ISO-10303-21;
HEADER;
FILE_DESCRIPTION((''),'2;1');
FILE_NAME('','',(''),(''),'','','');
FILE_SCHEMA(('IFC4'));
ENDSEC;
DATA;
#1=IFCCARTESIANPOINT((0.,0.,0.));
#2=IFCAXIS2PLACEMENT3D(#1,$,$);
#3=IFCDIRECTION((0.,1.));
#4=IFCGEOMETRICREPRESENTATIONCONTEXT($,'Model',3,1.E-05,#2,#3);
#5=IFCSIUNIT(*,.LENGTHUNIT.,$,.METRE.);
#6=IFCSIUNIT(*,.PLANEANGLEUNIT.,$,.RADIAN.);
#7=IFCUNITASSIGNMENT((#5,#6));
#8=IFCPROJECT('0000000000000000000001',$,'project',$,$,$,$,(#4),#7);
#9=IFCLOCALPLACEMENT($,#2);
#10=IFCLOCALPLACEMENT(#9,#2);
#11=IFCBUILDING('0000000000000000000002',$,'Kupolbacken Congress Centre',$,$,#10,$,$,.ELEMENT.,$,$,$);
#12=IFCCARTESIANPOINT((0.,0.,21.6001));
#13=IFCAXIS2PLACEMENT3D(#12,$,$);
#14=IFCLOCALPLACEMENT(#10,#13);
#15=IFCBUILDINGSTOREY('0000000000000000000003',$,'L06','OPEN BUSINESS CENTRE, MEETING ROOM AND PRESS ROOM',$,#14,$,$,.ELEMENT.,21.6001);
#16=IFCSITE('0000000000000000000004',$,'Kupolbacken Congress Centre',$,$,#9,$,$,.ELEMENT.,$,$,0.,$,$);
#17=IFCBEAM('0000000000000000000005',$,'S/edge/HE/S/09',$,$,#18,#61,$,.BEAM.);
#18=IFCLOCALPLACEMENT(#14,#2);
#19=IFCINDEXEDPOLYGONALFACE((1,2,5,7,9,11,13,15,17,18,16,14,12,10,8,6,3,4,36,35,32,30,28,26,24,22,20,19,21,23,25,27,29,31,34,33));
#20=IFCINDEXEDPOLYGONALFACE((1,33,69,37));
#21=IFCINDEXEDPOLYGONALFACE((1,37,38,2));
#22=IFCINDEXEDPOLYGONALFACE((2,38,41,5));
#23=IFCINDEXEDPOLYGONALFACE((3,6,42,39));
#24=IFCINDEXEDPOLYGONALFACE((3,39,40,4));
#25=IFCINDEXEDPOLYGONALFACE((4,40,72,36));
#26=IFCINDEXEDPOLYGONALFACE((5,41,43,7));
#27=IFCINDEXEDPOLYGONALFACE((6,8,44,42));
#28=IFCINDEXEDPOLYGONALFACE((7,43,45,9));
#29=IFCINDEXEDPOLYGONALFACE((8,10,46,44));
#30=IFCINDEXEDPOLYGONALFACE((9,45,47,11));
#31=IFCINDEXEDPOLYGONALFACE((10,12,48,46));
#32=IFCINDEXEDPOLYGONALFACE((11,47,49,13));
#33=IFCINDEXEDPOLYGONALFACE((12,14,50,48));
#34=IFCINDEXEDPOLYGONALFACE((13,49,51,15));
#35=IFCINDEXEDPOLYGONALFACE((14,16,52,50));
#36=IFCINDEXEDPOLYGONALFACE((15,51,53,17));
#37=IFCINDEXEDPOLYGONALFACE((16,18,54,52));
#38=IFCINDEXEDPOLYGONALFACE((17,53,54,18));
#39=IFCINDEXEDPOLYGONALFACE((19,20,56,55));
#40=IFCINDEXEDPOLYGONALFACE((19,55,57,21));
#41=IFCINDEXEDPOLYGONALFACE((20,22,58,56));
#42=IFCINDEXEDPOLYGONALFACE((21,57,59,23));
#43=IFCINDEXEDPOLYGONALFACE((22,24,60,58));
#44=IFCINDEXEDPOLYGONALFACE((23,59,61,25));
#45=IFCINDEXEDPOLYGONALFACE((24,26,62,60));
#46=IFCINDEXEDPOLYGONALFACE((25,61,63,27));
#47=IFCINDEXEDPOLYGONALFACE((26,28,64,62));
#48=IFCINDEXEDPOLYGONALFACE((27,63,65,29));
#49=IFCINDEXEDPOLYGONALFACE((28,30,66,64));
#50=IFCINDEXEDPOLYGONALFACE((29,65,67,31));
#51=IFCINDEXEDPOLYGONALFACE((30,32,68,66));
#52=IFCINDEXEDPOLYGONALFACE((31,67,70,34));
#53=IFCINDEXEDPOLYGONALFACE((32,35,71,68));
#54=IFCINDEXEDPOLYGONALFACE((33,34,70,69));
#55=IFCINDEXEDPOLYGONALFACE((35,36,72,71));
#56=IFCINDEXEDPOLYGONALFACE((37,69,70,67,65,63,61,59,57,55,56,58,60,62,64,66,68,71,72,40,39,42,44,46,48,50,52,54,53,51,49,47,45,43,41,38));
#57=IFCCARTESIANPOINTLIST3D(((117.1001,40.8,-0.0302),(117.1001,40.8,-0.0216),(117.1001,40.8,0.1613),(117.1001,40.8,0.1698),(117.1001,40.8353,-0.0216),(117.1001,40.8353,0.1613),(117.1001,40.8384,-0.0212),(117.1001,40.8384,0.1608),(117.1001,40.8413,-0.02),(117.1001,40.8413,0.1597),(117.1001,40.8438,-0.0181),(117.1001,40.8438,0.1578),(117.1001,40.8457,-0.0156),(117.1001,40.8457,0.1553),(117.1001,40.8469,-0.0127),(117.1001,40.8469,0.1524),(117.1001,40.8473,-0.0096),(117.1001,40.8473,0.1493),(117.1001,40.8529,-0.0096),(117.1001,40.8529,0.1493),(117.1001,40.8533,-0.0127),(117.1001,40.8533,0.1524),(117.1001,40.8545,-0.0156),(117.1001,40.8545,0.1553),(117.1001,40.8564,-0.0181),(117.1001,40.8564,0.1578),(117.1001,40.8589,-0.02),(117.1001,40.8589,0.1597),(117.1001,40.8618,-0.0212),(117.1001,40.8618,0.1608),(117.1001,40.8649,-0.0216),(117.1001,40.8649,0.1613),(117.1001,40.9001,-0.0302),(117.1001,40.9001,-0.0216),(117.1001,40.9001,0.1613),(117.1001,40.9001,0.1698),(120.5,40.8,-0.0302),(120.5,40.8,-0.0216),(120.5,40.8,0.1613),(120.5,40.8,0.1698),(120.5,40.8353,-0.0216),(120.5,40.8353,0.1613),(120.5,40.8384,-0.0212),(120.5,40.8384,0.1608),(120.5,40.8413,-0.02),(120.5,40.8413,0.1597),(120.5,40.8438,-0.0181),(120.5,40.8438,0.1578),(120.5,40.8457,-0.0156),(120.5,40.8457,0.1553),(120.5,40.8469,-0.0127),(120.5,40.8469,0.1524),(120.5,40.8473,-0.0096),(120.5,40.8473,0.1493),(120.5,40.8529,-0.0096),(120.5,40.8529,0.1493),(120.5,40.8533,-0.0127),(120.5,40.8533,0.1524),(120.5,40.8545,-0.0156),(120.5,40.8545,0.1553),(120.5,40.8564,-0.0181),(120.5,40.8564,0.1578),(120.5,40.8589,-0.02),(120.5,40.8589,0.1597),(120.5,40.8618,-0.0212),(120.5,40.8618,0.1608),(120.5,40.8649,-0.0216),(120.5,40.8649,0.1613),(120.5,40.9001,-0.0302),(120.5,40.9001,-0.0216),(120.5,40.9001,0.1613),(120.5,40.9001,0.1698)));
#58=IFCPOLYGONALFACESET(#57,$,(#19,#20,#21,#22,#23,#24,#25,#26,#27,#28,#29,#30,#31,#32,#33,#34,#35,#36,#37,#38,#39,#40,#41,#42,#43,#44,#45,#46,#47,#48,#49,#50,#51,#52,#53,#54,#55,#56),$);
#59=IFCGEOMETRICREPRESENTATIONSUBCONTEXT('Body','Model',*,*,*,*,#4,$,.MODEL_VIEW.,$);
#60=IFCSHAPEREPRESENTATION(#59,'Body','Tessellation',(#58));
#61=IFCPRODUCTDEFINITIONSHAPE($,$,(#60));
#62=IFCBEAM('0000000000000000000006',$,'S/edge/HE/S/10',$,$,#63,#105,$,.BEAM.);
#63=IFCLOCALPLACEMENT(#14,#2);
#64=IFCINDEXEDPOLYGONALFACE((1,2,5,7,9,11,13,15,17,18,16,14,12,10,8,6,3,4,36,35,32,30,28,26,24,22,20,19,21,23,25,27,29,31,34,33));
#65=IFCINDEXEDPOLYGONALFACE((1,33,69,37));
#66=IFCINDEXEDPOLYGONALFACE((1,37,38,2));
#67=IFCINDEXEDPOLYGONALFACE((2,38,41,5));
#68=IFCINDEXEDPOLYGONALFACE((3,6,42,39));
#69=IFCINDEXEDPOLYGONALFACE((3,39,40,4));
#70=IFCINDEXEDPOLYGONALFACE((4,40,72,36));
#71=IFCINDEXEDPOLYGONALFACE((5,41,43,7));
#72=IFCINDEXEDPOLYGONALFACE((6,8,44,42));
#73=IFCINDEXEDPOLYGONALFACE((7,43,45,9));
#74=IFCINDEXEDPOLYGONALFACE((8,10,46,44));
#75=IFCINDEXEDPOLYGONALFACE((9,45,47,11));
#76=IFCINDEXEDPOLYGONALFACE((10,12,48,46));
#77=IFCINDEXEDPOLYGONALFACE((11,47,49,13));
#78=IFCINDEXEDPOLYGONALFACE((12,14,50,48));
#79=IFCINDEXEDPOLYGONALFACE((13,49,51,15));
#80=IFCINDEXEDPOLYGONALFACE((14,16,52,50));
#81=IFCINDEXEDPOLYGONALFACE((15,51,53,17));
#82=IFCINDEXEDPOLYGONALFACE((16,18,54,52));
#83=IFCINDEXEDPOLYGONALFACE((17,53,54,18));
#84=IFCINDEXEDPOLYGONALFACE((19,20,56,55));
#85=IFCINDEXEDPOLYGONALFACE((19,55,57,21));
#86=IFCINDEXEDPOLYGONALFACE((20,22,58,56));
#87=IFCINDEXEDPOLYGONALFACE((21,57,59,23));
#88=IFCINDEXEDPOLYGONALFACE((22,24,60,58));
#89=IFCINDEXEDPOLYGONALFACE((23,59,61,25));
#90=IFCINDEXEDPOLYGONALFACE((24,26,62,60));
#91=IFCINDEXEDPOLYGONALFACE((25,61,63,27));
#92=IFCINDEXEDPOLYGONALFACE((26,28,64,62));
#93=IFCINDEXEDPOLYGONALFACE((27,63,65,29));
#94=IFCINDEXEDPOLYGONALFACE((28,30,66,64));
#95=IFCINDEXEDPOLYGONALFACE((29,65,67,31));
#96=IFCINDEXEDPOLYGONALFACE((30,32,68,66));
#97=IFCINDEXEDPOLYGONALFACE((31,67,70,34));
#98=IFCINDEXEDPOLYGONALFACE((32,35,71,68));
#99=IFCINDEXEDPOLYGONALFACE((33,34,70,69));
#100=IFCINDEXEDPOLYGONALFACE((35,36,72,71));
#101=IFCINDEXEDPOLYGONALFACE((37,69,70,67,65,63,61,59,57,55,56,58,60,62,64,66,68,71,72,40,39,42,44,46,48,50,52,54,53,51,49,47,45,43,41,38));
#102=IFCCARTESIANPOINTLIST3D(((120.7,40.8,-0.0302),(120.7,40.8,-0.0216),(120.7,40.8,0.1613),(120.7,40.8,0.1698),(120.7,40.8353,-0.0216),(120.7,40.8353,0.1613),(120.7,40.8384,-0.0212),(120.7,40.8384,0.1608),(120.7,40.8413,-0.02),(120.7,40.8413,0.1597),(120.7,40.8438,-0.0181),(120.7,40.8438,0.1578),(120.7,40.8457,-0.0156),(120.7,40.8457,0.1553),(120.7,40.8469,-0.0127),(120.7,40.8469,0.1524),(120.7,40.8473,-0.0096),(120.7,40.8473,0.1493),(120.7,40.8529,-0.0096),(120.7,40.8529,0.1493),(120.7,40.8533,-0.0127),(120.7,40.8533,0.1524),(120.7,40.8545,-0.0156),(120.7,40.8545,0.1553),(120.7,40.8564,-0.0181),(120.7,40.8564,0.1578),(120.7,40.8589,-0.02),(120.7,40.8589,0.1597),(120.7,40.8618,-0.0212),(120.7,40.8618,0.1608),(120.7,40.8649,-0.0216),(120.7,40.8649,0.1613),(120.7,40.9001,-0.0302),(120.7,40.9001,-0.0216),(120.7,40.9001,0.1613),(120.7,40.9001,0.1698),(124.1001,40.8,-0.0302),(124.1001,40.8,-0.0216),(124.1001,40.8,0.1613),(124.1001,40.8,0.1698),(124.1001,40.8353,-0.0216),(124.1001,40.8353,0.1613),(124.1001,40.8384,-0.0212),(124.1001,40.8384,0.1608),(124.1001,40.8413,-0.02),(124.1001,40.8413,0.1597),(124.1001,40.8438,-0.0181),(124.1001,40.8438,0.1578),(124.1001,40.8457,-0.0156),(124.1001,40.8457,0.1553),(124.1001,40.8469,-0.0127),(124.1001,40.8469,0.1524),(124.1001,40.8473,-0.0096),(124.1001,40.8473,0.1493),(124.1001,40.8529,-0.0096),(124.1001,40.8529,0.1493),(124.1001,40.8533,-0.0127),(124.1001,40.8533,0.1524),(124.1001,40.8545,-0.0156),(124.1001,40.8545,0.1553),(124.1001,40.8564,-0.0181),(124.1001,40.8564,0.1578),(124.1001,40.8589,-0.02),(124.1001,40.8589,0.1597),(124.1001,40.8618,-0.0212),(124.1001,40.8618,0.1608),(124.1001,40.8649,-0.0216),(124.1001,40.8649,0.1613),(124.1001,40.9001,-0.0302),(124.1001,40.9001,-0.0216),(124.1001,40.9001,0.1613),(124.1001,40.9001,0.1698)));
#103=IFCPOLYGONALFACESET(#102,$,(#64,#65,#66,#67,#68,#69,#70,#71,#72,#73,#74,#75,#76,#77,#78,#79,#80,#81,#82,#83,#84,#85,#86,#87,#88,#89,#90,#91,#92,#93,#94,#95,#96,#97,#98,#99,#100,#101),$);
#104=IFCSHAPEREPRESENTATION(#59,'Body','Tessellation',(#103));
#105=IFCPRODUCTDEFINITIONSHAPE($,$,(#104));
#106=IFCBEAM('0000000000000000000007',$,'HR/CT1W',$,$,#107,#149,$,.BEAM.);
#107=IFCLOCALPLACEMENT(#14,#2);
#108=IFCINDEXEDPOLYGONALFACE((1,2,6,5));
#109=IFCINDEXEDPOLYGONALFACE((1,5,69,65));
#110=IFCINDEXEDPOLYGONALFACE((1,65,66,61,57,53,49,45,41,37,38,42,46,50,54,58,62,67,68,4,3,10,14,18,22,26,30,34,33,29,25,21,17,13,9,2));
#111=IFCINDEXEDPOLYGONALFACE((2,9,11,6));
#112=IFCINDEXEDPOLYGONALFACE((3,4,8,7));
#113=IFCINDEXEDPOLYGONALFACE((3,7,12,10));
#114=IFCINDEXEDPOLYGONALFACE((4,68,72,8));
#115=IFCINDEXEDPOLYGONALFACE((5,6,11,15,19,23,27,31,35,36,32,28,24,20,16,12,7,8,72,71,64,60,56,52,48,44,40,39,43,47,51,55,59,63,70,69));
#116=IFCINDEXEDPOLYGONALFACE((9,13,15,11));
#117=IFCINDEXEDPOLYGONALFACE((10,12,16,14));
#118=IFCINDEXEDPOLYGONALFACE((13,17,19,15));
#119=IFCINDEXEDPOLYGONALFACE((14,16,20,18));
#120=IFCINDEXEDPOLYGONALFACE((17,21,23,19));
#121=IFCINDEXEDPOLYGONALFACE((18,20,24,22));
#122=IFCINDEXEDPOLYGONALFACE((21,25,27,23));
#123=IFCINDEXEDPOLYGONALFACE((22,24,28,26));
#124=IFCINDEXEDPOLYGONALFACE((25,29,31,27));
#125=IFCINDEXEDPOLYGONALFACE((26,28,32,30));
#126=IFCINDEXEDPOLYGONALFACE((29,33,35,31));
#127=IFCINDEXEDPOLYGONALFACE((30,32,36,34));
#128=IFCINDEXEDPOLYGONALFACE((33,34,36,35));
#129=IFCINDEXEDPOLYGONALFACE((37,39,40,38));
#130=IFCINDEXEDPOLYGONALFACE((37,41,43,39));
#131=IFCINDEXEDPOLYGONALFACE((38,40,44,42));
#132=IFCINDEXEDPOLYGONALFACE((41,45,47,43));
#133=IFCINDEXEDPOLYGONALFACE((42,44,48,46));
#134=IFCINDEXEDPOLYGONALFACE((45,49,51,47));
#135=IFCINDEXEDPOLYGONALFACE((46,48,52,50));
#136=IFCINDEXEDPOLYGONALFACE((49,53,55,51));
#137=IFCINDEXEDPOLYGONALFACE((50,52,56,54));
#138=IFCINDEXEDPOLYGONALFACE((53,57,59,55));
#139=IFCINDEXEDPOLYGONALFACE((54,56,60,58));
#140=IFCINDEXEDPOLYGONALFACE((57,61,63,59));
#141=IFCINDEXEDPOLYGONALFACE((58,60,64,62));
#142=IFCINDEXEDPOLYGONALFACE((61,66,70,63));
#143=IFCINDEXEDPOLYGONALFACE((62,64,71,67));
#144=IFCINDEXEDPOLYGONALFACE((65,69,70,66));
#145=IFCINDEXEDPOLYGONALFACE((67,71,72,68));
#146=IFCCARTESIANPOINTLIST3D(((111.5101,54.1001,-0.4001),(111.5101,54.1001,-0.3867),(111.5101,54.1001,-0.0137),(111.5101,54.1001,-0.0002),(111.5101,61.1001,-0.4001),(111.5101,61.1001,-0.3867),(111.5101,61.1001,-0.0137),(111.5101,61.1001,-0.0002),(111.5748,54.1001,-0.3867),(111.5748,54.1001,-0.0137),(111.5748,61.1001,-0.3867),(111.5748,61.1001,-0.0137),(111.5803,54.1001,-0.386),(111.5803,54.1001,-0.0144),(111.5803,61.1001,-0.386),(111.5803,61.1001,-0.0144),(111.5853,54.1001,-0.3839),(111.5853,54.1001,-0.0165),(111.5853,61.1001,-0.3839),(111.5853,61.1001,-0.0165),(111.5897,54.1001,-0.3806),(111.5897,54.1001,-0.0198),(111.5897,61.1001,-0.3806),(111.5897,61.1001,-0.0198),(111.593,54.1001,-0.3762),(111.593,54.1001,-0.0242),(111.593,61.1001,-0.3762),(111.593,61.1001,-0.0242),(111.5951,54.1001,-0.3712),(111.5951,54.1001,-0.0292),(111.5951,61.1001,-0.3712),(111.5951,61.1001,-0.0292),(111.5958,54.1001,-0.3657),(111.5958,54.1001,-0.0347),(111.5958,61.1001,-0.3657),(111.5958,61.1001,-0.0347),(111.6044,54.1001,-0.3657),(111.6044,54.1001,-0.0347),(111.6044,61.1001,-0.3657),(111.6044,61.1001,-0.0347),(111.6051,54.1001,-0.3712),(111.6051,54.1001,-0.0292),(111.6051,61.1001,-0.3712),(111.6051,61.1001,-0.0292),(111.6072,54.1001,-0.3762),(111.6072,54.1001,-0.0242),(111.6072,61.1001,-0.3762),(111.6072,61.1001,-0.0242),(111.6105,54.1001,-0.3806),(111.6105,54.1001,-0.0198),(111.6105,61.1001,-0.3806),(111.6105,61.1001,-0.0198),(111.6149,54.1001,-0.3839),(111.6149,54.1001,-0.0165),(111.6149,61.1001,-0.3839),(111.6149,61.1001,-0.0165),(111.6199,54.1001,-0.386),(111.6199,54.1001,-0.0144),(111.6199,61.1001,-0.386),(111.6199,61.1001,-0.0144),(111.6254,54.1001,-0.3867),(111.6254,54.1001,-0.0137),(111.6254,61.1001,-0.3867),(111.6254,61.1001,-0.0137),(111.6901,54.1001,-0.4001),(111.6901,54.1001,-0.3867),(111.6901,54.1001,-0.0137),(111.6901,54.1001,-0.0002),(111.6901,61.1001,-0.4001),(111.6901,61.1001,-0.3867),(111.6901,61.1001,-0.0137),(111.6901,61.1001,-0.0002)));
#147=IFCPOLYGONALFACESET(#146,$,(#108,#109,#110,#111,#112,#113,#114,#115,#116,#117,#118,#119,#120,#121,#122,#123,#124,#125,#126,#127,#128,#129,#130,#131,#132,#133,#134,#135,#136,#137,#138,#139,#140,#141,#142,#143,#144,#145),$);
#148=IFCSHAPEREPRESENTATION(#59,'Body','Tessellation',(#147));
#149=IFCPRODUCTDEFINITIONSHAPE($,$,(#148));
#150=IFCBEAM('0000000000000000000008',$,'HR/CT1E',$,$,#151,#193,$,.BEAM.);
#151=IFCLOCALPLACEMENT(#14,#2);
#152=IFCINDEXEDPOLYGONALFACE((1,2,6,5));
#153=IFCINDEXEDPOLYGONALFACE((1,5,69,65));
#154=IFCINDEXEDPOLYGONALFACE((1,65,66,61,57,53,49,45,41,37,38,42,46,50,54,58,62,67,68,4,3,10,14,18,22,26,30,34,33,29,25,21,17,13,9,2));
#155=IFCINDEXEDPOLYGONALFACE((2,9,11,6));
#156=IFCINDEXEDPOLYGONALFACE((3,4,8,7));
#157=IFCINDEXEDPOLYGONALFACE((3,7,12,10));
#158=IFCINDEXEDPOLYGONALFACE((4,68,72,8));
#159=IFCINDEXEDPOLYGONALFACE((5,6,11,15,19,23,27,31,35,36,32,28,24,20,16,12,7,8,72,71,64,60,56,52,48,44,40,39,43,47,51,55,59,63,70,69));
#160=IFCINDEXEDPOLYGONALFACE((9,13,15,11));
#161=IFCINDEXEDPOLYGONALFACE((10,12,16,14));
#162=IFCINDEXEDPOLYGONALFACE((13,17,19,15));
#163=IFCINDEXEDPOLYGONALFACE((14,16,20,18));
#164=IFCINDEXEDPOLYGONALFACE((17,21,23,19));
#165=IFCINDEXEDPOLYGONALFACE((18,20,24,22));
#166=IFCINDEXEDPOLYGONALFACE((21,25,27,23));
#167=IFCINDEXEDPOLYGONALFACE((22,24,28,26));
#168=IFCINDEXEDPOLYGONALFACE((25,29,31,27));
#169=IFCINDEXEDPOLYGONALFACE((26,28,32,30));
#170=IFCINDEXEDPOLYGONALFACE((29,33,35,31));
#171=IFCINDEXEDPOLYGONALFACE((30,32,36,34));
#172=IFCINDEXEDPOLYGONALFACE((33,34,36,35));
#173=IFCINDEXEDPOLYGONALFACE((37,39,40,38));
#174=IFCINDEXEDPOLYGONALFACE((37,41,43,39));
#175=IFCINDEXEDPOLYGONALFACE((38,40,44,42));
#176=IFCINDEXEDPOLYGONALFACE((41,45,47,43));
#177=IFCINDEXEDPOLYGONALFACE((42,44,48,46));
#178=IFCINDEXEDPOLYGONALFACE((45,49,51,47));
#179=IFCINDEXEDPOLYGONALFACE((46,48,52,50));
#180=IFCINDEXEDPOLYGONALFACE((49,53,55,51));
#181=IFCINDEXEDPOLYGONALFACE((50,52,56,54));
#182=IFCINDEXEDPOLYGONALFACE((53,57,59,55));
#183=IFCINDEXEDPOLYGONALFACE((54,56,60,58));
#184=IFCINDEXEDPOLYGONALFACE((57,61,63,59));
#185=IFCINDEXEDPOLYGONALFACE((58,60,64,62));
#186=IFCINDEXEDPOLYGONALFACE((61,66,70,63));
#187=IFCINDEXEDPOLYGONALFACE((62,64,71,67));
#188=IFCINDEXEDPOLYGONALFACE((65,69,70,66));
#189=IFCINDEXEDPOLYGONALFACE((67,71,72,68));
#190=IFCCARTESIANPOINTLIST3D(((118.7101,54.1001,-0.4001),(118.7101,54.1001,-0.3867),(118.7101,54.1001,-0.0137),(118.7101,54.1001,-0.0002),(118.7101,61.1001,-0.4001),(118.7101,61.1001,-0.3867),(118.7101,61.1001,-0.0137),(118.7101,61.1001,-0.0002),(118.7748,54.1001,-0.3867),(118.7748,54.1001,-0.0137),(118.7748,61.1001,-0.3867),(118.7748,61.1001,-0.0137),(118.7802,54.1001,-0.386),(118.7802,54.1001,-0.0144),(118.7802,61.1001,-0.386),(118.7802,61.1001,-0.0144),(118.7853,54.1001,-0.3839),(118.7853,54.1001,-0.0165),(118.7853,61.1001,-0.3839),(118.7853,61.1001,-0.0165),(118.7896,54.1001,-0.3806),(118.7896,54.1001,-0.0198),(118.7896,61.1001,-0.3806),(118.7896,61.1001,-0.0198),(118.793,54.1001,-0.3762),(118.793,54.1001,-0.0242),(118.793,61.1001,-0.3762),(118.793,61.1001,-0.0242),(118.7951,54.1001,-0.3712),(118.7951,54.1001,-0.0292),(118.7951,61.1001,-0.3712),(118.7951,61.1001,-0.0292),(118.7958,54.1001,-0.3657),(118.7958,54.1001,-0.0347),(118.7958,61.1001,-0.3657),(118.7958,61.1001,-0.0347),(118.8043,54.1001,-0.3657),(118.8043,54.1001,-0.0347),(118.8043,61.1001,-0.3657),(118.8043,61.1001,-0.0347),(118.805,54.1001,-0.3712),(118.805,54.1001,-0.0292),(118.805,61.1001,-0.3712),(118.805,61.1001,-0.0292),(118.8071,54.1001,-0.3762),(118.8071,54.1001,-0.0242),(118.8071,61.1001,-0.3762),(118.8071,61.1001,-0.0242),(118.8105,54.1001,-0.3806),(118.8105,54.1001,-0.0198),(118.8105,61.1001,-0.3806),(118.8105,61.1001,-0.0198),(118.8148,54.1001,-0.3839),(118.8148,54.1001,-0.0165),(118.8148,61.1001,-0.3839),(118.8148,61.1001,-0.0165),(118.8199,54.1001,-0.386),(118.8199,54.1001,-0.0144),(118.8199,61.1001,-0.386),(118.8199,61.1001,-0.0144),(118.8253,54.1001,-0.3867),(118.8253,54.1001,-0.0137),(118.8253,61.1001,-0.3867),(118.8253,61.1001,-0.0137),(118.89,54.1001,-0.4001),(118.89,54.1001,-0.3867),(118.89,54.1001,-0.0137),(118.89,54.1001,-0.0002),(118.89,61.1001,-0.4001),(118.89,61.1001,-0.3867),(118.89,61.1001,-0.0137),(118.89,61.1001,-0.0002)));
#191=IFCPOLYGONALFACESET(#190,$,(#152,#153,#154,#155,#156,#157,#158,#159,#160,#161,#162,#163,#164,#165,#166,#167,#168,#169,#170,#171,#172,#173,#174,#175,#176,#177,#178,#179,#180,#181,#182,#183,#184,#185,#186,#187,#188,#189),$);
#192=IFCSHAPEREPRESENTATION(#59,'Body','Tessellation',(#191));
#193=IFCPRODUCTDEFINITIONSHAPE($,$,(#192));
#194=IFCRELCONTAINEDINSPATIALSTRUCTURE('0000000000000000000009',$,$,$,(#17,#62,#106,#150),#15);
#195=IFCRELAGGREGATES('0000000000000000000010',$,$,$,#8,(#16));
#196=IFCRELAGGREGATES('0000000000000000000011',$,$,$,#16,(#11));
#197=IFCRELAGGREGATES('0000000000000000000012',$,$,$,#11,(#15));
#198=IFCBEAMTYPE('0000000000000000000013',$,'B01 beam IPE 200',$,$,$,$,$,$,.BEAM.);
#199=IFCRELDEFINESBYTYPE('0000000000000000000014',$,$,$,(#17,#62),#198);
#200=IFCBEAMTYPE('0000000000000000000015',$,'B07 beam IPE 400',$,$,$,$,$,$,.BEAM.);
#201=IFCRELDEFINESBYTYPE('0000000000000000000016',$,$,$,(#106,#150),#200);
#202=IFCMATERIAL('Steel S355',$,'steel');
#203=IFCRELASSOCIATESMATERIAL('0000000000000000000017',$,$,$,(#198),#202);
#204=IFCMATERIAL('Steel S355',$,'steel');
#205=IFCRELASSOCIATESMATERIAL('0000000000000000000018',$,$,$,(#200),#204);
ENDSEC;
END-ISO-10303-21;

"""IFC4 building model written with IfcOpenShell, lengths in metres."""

from ifc_helpers import new_model, si_unit, direction, frame, origin, origin_2d, place, context, subcontext, project, spatial, i_section, extrude, material, material_profile, profile_set, type_object, element, save


model = new_model("IFC4")

# Units and contexts
model_context = context("Model", 3, precision=1e-05, world=origin(), true_north=direction((0.0, 1.0)))
body_context = subcontext(model_context, "Body", "Model", "MODEL_VIEW")
ifc_project = project(units=[si_unit("LENGTHUNIT", "METRE"), si_unit("PLANEANGLEUNIT", "RADIAN")], contexts=[model_context])

# Site, building, storey
site_placement = place(None, origin())
site = spatial("IfcSite", under=ifc_project, at=site_placement, Name="Kupolbacken Congress Centre", CompositionType="ELEMENT", RefElevation=0.0)
building_placement = place(site_placement, origin())
building = spatial("IfcBuilding", under=site, at=building_placement, Name="Kupolbacken Congress Centre", CompositionType="ELEMENT")
storey_placement = place(building_placement, frame((0.0, 0.0, 21.6001)))
storey = spatial("IfcBuildingStorey", under=building, at=storey_placement, Name="L06", Description="OPEN BUSINESS CENTRE, MEETING ROOM AND PRESS ROOM", CompositionType="ELEMENT", Elevation=21.6001)

# Beams
ifc_material_1 = material(Name="Steel S355", Category="steel")
ifc_material_profile_1 = material_profile(ifc_material_1, i_section(OverallWidth=0.1001, OverallDepth=0.2, WebThickness=0.0056, FlangeThickness=0.0085, FilletRadius=0.012, at=origin_2d()), Name="IPE 200")
ifc_profile_set_1 = profile_set([ifc_material_profile_1], Name="Steel S355")
beam_type_1 = type_object("IfcBeamType", Name="B01 beam IPE 200", PredefinedType="BEAM", material=ifc_profile_set_1)
for number, where, z_axis, x_axis, name in (
    (1, (117.1001, 40.8501, 0.0698), (1.0, 0.0, 0.0), (0.0, 1.0, 0.0), "S/edge/HE/S/09"),
):
    element("IfcBeam", number, at=place(storey_placement, frame(where, z_axis=z_axis, x_axis=x_axis)), inside=storey, type_object=beam_type_1, Name=name, PredefinedType="BEAM", context=body_context, shape_type="SweptSolid", body=[
        extrude(i_section(OverallWidth=0.1001, OverallDepth=0.2, WebThickness=0.0056, FlangeThickness=0.0085, FilletRadius=0.012, at=origin_2d()), origin(), (0.0, 0.0, 1.0), 3.3999),
    ])
beam_1_placement = place(storey_placement, frame((120.7, 40.8501, 0.0698), z_axis=(1.0, 0.0, 0.0), x_axis=(0.0, 1.0, 0.0)))
element("IfcBeam", 2, at=beam_1_placement, inside=storey, type_object=beam_type_1, Name="S/edge/HE/S/10", PredefinedType="BEAM", context=body_context, shape_type="SweptSolid", body=[
    extrude(i_section(OverallWidth=0.1001, OverallDepth=0.2, WebThickness=0.0056, FlangeThickness=0.0085, FilletRadius=0.012, at=origin_2d()), origin(), (0.0, 0.0, 1.0), 3.4001),
])
ifc_material_2 = material(Name="Steel S355", Category="steel")
ifc_material_profile_2 = material_profile(ifc_material_2, i_section(OverallWidth=0.1799, OverallDepth=0.3999, WebThickness=0.0085, FlangeThickness=0.0134, FilletRadius=0.021, at=origin_2d()), Name="IPE 400")
ifc_profile_set_2 = profile_set([ifc_material_profile_2], Name="Steel S355")
beam_type_2 = type_object("IfcBeamType", Name="B07 beam IPE 400", PredefinedType="BEAM", material=ifc_profile_set_2)
for number, where, z_axis, x_axis, name in (
    (3, (111.6001, 54.1001, -0.2002), (0.0, 1.0, 0.0), (-1.0, 0.0, 0.0), "HR/CT1W"),
    (4, (118.8, 54.1001, -0.2002), (0.0, 1.0, 0.0), (-1.0, 0.0, 0.0), "HR/CT1E"),
):
    element("IfcBeam", number, at=place(storey_placement, frame(where, z_axis=z_axis, x_axis=x_axis)), inside=storey, type_object=beam_type_2, Name=name, PredefinedType="BEAM", context=body_context, shape_type="SweptSolid", body=[
        extrude(i_section(OverallWidth=0.1799, OverallDepth=0.3999, WebThickness=0.0085, FlangeThickness=0.0134, FilletRadius=0.021, at=origin_2d()), origin(), (0.0, 0.0, 1.0), 7.0),
    ])

save(model, "model.ifc")
